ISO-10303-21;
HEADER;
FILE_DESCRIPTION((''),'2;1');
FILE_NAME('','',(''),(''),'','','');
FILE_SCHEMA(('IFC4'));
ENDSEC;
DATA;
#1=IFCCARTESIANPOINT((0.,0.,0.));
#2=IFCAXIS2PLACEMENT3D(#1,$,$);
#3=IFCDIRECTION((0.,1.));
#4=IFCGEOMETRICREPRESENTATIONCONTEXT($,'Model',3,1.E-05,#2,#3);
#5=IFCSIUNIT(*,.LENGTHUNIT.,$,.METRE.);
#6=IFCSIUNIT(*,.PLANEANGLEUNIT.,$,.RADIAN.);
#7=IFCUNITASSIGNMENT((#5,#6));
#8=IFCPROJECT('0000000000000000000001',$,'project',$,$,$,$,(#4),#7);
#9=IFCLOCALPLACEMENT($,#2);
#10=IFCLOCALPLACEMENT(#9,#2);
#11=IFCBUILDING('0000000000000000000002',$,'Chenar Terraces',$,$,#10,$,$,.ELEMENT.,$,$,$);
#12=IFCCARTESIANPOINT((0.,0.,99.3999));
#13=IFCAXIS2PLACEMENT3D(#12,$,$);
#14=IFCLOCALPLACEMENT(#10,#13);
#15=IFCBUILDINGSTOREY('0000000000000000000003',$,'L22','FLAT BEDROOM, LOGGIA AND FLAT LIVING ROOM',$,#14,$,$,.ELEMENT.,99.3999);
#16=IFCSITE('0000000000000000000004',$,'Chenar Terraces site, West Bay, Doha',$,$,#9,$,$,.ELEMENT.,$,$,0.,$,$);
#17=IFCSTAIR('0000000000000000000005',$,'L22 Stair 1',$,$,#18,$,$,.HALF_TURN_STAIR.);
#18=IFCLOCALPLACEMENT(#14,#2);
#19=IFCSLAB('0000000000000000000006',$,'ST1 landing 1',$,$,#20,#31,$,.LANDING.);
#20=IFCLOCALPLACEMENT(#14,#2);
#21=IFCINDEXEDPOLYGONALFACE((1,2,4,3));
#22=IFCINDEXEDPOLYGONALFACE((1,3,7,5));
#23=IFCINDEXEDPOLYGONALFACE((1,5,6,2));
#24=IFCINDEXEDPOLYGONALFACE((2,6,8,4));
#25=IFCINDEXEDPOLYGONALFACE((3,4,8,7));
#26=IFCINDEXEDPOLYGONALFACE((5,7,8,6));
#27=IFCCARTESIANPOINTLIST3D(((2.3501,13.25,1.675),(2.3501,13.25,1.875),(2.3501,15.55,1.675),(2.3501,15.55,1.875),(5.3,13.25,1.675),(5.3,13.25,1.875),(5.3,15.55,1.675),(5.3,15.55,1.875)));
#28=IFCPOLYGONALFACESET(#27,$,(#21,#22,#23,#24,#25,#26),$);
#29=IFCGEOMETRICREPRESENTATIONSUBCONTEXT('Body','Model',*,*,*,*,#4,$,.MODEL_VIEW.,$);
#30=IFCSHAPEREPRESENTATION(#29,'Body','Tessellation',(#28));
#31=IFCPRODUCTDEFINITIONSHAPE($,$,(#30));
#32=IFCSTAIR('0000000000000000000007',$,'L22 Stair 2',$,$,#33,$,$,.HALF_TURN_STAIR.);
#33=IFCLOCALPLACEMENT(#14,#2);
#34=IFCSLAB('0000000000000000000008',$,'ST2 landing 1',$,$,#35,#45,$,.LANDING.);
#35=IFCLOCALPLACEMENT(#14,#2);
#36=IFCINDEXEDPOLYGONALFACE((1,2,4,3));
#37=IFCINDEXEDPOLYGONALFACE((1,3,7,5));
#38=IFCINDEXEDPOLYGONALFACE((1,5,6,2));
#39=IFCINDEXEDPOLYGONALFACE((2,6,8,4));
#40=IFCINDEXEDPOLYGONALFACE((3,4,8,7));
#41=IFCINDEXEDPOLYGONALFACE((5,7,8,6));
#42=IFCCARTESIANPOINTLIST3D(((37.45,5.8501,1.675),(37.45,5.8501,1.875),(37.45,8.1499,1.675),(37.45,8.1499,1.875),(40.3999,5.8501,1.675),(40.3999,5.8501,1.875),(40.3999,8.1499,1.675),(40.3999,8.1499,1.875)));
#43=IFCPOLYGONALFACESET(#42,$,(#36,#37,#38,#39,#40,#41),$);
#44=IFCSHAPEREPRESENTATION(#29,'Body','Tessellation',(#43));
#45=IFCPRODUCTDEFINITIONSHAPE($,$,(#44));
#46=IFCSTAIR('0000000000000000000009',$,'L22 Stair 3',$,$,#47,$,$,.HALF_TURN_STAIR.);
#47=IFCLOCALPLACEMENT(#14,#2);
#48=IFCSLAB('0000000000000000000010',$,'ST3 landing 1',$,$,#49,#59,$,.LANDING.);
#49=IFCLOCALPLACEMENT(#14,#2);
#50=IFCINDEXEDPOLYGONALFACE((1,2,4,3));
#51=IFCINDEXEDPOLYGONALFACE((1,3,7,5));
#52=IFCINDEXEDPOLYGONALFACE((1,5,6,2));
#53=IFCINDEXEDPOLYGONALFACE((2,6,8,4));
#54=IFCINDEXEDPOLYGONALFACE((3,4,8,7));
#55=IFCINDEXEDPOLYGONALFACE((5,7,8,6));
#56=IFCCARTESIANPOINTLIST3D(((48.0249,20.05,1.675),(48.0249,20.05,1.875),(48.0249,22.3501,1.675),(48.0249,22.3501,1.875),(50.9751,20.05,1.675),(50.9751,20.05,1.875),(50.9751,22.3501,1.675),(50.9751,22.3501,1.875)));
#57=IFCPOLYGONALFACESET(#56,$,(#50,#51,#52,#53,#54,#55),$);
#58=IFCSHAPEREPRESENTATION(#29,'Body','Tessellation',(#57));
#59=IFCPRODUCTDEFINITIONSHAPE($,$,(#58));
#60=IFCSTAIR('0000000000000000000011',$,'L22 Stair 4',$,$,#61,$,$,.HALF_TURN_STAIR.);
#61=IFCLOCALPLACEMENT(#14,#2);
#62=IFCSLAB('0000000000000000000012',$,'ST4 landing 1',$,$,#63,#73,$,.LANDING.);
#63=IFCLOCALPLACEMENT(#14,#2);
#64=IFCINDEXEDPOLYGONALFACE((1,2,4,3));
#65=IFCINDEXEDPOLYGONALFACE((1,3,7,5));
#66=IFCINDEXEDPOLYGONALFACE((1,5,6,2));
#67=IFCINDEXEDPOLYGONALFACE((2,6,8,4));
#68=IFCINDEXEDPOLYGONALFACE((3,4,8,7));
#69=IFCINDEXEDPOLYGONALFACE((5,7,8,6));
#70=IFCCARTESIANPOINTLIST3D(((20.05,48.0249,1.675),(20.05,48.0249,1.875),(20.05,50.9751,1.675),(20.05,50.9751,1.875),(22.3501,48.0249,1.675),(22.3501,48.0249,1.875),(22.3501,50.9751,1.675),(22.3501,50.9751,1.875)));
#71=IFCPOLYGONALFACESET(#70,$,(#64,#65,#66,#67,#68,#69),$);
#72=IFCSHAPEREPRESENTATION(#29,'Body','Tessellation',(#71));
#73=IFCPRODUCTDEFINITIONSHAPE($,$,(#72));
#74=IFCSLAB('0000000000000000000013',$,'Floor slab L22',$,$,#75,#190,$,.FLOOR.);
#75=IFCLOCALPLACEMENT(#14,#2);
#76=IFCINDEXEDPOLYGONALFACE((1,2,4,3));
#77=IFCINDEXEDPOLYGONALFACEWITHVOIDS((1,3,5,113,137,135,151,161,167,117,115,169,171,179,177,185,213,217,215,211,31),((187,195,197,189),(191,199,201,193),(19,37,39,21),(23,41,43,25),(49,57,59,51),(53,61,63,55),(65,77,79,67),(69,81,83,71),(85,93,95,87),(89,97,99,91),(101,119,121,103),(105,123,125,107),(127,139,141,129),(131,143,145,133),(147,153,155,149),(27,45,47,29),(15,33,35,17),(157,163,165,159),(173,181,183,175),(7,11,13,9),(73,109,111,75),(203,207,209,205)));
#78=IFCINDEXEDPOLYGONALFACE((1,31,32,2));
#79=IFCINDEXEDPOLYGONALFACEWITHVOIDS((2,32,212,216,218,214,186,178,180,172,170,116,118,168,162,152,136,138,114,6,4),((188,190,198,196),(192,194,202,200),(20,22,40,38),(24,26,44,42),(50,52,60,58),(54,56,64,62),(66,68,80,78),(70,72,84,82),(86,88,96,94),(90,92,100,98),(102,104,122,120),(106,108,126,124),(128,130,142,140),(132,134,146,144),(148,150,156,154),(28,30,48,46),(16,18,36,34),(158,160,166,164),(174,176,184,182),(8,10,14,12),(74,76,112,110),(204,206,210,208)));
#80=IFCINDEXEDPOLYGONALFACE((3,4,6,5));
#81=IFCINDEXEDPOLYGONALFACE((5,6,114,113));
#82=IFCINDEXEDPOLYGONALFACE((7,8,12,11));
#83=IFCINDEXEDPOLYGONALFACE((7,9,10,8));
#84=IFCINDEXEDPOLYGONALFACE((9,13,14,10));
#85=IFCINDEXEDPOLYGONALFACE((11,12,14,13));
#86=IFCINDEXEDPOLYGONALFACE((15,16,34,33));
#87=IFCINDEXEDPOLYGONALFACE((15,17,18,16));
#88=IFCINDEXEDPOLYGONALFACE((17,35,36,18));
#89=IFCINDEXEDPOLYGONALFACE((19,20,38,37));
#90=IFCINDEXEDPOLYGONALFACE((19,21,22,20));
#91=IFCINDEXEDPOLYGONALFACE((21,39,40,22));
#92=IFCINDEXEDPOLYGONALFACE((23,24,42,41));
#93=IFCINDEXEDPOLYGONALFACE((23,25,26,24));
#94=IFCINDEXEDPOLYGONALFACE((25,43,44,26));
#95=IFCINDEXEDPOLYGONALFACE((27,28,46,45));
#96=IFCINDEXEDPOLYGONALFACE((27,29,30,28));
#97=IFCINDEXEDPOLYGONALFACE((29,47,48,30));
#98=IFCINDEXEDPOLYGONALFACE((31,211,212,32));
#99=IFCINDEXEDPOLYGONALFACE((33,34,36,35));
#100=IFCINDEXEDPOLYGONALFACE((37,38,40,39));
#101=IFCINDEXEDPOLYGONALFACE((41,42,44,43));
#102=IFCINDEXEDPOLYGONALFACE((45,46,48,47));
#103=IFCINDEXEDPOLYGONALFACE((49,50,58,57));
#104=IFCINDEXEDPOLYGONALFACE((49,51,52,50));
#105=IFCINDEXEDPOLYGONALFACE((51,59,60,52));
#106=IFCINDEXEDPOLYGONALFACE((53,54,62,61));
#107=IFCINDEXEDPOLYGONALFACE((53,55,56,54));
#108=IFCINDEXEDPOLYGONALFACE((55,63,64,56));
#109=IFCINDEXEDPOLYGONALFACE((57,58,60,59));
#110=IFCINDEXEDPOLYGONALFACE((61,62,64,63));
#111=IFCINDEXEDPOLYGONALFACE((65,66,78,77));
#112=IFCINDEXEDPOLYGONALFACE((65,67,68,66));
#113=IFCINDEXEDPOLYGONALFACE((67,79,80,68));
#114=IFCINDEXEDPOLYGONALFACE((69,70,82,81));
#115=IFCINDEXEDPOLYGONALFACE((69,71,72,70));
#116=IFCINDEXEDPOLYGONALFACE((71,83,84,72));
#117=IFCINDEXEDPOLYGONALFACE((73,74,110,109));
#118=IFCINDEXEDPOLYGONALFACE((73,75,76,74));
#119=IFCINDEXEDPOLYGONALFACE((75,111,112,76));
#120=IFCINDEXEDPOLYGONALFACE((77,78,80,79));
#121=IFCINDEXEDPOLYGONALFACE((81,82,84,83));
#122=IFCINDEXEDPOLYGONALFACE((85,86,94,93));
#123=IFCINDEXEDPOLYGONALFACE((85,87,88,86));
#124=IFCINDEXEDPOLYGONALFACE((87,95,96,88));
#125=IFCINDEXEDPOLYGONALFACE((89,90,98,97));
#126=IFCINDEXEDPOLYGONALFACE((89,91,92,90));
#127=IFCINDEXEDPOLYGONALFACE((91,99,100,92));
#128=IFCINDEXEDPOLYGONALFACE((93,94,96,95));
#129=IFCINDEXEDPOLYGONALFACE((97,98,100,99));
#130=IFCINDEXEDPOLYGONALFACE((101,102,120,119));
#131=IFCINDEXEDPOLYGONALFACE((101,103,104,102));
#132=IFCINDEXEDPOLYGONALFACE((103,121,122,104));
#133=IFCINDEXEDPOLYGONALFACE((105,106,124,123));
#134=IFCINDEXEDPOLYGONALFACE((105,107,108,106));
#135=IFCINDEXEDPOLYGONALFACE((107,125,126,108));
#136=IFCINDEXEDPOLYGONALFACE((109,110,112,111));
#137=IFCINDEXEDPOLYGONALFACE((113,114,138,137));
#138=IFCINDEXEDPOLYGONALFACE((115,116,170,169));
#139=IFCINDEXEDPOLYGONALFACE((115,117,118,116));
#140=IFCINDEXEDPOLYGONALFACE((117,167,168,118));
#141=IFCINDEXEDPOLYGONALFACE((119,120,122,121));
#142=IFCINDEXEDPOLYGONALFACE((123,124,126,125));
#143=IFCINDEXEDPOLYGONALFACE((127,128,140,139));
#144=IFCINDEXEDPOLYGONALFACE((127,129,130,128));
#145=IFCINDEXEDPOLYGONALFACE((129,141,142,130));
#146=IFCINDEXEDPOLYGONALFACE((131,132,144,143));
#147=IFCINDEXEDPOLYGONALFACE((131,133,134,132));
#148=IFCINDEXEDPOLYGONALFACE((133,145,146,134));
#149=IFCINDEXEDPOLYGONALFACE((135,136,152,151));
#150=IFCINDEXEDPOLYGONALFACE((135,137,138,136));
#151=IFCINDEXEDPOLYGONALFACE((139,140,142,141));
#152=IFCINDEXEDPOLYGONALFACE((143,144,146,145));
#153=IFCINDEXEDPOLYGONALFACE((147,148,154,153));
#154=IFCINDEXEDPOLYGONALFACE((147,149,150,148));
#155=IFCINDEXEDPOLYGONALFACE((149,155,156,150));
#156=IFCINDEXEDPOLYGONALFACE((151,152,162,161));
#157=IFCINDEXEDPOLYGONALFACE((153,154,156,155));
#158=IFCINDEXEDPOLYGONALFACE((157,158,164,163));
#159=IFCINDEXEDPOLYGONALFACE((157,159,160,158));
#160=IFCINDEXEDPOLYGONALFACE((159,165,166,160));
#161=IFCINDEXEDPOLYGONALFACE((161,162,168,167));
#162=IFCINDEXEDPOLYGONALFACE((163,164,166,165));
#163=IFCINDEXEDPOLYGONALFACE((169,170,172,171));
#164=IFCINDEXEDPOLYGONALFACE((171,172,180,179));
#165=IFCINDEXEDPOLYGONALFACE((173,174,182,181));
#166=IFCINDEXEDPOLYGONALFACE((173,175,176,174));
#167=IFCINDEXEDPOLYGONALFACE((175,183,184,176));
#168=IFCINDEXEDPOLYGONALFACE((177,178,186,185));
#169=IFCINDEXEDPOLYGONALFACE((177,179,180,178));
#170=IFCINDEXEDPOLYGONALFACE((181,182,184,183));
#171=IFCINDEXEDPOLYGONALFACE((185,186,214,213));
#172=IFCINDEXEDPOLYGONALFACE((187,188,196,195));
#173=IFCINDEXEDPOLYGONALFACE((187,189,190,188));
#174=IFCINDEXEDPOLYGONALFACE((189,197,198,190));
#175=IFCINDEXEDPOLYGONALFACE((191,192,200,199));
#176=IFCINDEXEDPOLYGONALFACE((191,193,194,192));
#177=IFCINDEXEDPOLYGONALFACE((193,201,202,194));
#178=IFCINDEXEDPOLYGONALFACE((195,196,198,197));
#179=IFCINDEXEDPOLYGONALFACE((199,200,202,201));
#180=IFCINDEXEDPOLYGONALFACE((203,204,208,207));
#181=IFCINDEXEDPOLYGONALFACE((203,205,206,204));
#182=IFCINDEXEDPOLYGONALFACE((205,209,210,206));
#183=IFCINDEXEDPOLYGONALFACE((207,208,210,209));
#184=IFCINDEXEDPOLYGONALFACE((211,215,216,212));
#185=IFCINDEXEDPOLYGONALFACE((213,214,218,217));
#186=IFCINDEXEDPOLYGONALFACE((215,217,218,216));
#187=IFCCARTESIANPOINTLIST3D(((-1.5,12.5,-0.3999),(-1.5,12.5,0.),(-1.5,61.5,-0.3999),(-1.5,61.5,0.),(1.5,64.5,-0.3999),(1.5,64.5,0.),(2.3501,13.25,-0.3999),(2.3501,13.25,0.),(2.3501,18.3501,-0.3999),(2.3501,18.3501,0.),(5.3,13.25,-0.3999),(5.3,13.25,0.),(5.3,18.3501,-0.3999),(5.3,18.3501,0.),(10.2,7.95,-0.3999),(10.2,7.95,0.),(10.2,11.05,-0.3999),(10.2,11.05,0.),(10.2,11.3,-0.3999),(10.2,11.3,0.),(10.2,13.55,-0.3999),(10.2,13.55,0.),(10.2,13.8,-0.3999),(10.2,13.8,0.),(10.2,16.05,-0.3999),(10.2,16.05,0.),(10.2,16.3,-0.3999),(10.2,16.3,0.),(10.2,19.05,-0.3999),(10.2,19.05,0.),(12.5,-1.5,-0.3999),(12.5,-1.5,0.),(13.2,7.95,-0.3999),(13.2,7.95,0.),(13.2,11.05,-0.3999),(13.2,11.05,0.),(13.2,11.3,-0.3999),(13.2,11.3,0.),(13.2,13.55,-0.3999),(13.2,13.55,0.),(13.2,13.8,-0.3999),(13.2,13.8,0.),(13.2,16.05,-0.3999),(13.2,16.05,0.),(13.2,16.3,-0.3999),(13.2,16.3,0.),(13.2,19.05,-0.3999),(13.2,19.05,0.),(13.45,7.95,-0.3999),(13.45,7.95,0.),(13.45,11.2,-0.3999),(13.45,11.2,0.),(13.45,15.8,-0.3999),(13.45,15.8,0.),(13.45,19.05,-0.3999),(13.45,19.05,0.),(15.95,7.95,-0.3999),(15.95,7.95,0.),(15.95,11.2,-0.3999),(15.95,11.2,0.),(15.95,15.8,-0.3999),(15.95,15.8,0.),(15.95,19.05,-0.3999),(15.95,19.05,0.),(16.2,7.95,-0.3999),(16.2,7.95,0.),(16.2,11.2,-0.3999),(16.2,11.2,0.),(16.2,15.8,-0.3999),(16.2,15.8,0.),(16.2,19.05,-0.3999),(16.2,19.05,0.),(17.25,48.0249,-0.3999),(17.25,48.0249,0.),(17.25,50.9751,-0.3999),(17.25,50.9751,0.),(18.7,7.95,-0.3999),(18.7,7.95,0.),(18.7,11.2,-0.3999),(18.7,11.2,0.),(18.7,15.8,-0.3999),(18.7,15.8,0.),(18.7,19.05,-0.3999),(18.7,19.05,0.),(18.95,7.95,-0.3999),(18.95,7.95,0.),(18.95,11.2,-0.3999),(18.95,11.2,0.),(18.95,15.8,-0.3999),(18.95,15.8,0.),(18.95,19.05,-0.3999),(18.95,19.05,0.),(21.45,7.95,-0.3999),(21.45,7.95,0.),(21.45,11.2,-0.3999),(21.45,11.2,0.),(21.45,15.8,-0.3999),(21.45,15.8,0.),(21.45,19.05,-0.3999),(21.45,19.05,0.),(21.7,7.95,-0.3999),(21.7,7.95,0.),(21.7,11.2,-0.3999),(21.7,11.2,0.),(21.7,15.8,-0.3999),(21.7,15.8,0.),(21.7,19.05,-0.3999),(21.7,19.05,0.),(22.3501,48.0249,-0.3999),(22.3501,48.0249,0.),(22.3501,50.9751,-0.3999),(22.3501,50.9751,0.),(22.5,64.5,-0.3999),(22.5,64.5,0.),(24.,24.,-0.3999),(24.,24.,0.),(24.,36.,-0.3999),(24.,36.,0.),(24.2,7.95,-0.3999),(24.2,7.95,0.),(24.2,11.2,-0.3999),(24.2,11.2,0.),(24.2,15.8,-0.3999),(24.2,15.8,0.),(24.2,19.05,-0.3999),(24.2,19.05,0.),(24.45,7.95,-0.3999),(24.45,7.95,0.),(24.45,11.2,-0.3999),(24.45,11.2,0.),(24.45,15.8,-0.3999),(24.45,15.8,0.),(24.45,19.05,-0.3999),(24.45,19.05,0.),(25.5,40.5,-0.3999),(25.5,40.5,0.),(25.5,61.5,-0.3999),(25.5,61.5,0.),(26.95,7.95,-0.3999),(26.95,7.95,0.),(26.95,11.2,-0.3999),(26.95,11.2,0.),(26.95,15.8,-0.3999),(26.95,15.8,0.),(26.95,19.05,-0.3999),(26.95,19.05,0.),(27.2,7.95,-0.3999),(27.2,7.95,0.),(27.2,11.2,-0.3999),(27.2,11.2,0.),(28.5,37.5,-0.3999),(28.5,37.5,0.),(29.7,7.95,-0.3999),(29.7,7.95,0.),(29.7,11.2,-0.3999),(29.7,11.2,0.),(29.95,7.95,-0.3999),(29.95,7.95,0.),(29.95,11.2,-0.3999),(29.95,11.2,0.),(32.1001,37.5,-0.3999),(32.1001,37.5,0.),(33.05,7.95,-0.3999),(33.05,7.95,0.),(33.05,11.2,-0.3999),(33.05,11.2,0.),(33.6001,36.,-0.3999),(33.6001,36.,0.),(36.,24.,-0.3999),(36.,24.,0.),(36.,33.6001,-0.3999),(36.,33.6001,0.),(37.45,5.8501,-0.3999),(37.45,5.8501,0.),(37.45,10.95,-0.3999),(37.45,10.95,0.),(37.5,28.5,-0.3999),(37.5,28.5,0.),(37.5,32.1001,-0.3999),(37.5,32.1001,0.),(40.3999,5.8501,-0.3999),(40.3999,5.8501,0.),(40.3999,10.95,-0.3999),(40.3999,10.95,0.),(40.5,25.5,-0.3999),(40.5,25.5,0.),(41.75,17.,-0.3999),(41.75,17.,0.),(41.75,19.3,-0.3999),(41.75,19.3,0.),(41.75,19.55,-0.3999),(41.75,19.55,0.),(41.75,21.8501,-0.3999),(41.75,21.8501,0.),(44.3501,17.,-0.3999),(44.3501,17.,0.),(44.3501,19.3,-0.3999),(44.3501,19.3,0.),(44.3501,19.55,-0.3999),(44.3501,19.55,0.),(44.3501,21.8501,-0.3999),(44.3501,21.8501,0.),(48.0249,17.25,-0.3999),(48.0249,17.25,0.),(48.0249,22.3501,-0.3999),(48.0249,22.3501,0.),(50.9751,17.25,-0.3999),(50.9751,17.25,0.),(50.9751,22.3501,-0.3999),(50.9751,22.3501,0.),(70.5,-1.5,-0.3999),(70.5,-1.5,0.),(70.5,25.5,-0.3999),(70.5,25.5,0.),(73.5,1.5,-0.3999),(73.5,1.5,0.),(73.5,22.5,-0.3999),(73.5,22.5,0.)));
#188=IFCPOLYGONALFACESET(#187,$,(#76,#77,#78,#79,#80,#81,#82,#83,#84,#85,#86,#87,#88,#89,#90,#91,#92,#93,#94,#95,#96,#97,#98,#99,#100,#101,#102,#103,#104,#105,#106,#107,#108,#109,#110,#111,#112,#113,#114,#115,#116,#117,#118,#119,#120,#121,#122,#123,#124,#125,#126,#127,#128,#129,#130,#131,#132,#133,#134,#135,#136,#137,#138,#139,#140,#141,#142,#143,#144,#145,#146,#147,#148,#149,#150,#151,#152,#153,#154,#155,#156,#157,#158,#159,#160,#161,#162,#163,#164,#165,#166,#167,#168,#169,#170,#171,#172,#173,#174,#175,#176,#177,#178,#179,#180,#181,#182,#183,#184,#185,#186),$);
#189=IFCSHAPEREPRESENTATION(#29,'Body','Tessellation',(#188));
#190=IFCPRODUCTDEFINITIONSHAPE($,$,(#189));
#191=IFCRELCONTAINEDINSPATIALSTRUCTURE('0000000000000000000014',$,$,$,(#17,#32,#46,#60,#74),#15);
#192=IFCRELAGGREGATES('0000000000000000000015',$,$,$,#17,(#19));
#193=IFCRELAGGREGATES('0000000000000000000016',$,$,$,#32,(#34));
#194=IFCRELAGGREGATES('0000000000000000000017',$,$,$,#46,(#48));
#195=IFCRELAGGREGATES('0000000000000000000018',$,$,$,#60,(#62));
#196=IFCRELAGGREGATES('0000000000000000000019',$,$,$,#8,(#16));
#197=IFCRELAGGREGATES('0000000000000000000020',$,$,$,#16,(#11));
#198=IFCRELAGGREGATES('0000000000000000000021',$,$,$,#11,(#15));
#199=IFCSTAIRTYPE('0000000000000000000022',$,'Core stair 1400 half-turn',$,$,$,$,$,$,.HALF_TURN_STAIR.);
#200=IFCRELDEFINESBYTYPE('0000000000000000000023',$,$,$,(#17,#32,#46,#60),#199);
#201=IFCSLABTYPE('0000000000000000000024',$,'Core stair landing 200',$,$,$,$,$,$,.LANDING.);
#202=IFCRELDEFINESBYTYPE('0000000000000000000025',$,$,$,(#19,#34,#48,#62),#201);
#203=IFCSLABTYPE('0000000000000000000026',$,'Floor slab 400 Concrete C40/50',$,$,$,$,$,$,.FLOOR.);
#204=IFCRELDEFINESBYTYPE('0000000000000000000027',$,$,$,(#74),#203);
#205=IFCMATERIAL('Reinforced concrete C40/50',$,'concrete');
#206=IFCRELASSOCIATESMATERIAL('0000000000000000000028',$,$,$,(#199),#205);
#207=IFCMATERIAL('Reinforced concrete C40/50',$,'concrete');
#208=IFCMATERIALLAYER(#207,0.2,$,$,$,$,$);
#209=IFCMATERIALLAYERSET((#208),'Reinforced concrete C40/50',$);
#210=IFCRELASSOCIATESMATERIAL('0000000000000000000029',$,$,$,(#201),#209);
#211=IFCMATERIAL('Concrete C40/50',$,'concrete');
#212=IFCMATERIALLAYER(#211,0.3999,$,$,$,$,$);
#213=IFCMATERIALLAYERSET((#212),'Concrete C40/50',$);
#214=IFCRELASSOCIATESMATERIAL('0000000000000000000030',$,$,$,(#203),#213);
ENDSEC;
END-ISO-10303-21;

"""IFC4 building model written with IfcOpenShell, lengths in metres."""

from ifc_helpers import new_model, si_unit, direction, frame, origin, place, context, subcontext, project, spatial, polyline, outline, extrude, material, layer, layer_set, type_object, element, aggregate, save


model = new_model("IFC4")

# Units and contexts
model_context = context("Model", 3, precision=1e-05, world=origin(), true_north=direction((0.0, 1.0)))
body_context = subcontext(model_context, "Body", "Model", "MODEL_VIEW")
ifc_project = project(units=[si_unit("LENGTHUNIT", "METRE"), si_unit("PLANEANGLEUNIT", "RADIAN")], contexts=[model_context])

# Site, building, storey
site_placement = place(None, origin())
site = spatial("IfcSite", under=ifc_project, at=site_placement, Name="Chenar Terraces site, West Bay, Doha", CompositionType="ELEMENT", RefElevation=0.0)
building_placement = place(site_placement, origin())
building = spatial("IfcBuilding", under=site, at=building_placement, Name="Chenar Terraces", CompositionType="ELEMENT")
storey_placement = place(building_placement, frame((0.0, 0.0, 99.3999)))
storey = spatial("IfcBuildingStorey", under=building, at=storey_placement, Name="L22", Description="FLAT BEDROOM, LOGGIA AND FLAT LIVING ROOM", CompositionType="ELEMENT", Elevation=99.3999)

# Stairs, slabs
ifc_material_1 = material(Name="Reinforced concrete C40/50", Category="concrete")
stair_type = type_object("IfcStairType", Name="Core stair 1400 half-turn", PredefinedType="HALF_TURN_STAIR", material=ifc_material_1)
placement_1 = place(storey_placement, origin())
stair_1 = element("IfcStair", 1, at=placement_1, inside=storey, type_object=stair_type, Name="L22 Stair 1", PredefinedType="HALF_TURN_STAIR")
ifc_material_2 = material(Name="Reinforced concrete C40/50", Category="concrete")
ifc_layer_1 = layer(ifc_material_2, 0.2)
ifc_layer_set_1 = layer_set([ifc_layer_1], Name="Reinforced concrete C40/50")
slab_type_1 = type_object("IfcSlabType", Name="Core stair landing 200", PredefinedType="LANDING", material=ifc_layer_set_1)
placement_2 = place(storey_placement, frame((0.0, 0.0, 1.675)))
slab_1 = element("IfcSlab", 2, at=placement_2, type_object=slab_type_1, Name="ST1 landing 1", PredefinedType="LANDING", context=body_context, shape_type="SweptSolid", body=[
    extrude(outline(polyline([(2.3501, 15.55), (2.3501, 13.25), (5.3, 13.25), (5.3, 15.55), (2.3501, 15.55)])), origin(), (0.0, 0.0, 1.0), 0.2),
])
aggregate(stair_1, [slab_1])
stair_2 = element("IfcStair", 3, at=placement_1, inside=storey, type_object=stair_type, Name="L22 Stair 2", PredefinedType="HALF_TURN_STAIR")
slab_2 = element("IfcSlab", 4, at=placement_2, type_object=slab_type_1, Name="ST2 landing 1", PredefinedType="LANDING", context=body_context, shape_type="SweptSolid", body=[
    extrude(outline(polyline([(37.45, 8.1499), (37.45, 5.8501), (40.3999, 5.8501), (40.3999, 8.1499), (37.45, 8.1499)])), origin(), (0.0, 0.0, 1.0), 0.2),
])
aggregate(stair_2, [slab_2])
stair_3 = element("IfcStair", 5, at=placement_1, inside=storey, type_object=stair_type, Name="L22 Stair 3", PredefinedType="HALF_TURN_STAIR")
slab_3 = element("IfcSlab", 6, at=placement_2, type_object=slab_type_1, Name="ST3 landing 1", PredefinedType="LANDING", context=body_context, shape_type="SweptSolid", body=[
    extrude(outline(polyline([(50.9751, 20.05), (50.9751, 22.3501), (48.0249, 22.3501), (48.0249, 20.05), (50.9751, 20.05)])), origin(), (0.0, 0.0, 1.0), 0.2),
])
aggregate(stair_3, [slab_3])
stair_4 = element("IfcStair", 7, at=placement_1, inside=storey, type_object=stair_type, Name="L22 Stair 4", PredefinedType="HALF_TURN_STAIR")
slab_4 = element("IfcSlab", 8, at=placement_2, type_object=slab_type_1, Name="ST4 landing 1", PredefinedType="LANDING", context=body_context, shape_type="SweptSolid", body=[
    extrude(outline(polyline([(20.05, 48.0249), (22.3501, 48.0249), (22.3501, 50.9751), (20.05, 50.9751), (20.05, 48.0249)])), origin(), (0.0, 0.0, 1.0), 0.2),
])
aggregate(stair_4, [slab_4])

# Slab
ifc_material_3 = material(Name="Concrete C40/50", Category="concrete")
ifc_layer_2 = layer(ifc_material_3, 0.3999)
ifc_layer_set_2 = layer_set([ifc_layer_2], Name="Concrete C40/50")
slab_type_2 = type_object("IfcSlabType", Name="Floor slab 400 Concrete C40/50", PredefinedType="FLOOR", material=ifc_layer_set_2)
slab_5_placement = place(storey_placement, frame((0.0, 0.0, -0.3999)))
element("IfcSlab", 9, at=slab_5_placement, inside=storey, type_object=slab_type_2, Name="Floor slab L22", PredefinedType="FLOOR", context=body_context, shape_type="SweptSolid", body=[
    extrude(outline(polyline([(73.5, 22.5), (73.5, 1.5), (70.5, -1.5), (12.5, -1.5), (-1.5, 12.5), (-1.5, 61.5), (1.5, 64.5), (22.5, 64.5), (25.5, 61.5), (25.5, 40.5), (28.5, 37.5), (32.1001, 37.5), (33.6001, 36.0), (24.0, 36.0), (24.0, 24.0), (36.0, 24.0), (36.0, 33.6001), (37.5, 32.1001), (37.5, 28.5), (40.5, 25.5), (70.5, 25.5), (73.5, 22.5)]), holes=[polyline([(13.2, 11.05), (10.2, 11.05), (10.2, 7.95), (13.2, 7.95), (13.2, 11.05)]), polyline([(15.95, 11.2), (13.45, 11.2), (13.45, 7.95), (15.95, 7.95), (15.95, 11.2)]), polyline([(18.7, 11.2), (16.2, 11.2), (16.2, 7.95), (18.7, 7.95), (18.7, 11.2)]), polyline([(21.45, 7.95), (21.45, 11.2), (18.95, 11.2), (18.95, 7.95), (21.45, 7.95)]), polyline([(13.2, 11.3), (13.2, 13.55), (10.2, 13.55), (10.2, 11.3), (13.2, 11.3)]), polyline([(13.2, 16.05), (10.2, 16.05), (10.2, 13.8), (13.2, 13.8), (13.2, 16.05)]), polyline([(2.3501, 18.3501), (2.3501, 13.25), (5.3, 13.25), (5.3, 18.3501), (2.3501, 18.3501)]), polyline([(15.95, 15.8), (15.95, 19.05), (13.45, 19.05), (13.45, 15.8), (15.95, 15.8)]), polyline([(18.7, 19.05), (16.2, 19.05), (16.2, 15.8), (18.7, 15.8), (18.7, 19.05)]), polyline([(21.45, 15.8), (21.45, 19.05), (18.95, 19.05), (18.95, 15.8), (21.45, 15.8)]), polyline([(13.2, 16.3), (13.2, 19.05), (10.2, 19.05), (10.2, 16.3), (13.2, 16.3)]), polyline([(22.3501, 48.0249), (22.3501, 50.9751), (17.25, 50.9751), (17.25, 48.0249), (22.3501, 48.0249)]), polyline([(37.45, 10.95), (37.45, 5.8501), (40.3999, 5.8501), (40.3999, 10.95), (37.45, 10.95)]), polyline([(24.2, 7.95), (24.2, 11.2), (21.7, 11.2), (21.7, 7.95), (24.2, 7.95)]), polyline([(26.95, 11.2), (24.45, 11.2), (24.45, 7.95), (26.95, 7.95), (26.95, 11.2)]), polyline([(29.7, 7.95), (29.7, 11.2), (27.2, 11.2), (27.2, 7.95), (29.7, 7.95)]), polyline([(33.05, 7.95), (33.05, 11.2), (29.95, 11.2), (29.95, 7.95), (33.05, 7.95)]), polyline([(24.2, 19.05), (21.7, 19.05), (21.7, 15.8), (24.2, 15.8), (24.2, 19.05)]), polyline([(26.95, 15.8), (26.95, 19.05), (24.45, 19.05), (24.45, 15.8), (26.95, 15.8)]), polyline([(44.3501, 17.0), (44.3501, 19.3), (41.75, 19.3), (41.75, 17.0), (44.3501, 17.0)]), polyline([(50.9751, 22.3501), (48.0249, 22.3501), (48.0249, 17.25), (50.9751, 17.25), (50.9751, 22.3501)]), polyline([(44.3501, 19.55), (44.3501, 21.8501), (41.75, 21.8501), (41.75, 19.55), (44.3501, 19.55)])]), origin(), (0.0, 0.0, 1.0), 0.3999),
])

save(model, "model.ifc")
